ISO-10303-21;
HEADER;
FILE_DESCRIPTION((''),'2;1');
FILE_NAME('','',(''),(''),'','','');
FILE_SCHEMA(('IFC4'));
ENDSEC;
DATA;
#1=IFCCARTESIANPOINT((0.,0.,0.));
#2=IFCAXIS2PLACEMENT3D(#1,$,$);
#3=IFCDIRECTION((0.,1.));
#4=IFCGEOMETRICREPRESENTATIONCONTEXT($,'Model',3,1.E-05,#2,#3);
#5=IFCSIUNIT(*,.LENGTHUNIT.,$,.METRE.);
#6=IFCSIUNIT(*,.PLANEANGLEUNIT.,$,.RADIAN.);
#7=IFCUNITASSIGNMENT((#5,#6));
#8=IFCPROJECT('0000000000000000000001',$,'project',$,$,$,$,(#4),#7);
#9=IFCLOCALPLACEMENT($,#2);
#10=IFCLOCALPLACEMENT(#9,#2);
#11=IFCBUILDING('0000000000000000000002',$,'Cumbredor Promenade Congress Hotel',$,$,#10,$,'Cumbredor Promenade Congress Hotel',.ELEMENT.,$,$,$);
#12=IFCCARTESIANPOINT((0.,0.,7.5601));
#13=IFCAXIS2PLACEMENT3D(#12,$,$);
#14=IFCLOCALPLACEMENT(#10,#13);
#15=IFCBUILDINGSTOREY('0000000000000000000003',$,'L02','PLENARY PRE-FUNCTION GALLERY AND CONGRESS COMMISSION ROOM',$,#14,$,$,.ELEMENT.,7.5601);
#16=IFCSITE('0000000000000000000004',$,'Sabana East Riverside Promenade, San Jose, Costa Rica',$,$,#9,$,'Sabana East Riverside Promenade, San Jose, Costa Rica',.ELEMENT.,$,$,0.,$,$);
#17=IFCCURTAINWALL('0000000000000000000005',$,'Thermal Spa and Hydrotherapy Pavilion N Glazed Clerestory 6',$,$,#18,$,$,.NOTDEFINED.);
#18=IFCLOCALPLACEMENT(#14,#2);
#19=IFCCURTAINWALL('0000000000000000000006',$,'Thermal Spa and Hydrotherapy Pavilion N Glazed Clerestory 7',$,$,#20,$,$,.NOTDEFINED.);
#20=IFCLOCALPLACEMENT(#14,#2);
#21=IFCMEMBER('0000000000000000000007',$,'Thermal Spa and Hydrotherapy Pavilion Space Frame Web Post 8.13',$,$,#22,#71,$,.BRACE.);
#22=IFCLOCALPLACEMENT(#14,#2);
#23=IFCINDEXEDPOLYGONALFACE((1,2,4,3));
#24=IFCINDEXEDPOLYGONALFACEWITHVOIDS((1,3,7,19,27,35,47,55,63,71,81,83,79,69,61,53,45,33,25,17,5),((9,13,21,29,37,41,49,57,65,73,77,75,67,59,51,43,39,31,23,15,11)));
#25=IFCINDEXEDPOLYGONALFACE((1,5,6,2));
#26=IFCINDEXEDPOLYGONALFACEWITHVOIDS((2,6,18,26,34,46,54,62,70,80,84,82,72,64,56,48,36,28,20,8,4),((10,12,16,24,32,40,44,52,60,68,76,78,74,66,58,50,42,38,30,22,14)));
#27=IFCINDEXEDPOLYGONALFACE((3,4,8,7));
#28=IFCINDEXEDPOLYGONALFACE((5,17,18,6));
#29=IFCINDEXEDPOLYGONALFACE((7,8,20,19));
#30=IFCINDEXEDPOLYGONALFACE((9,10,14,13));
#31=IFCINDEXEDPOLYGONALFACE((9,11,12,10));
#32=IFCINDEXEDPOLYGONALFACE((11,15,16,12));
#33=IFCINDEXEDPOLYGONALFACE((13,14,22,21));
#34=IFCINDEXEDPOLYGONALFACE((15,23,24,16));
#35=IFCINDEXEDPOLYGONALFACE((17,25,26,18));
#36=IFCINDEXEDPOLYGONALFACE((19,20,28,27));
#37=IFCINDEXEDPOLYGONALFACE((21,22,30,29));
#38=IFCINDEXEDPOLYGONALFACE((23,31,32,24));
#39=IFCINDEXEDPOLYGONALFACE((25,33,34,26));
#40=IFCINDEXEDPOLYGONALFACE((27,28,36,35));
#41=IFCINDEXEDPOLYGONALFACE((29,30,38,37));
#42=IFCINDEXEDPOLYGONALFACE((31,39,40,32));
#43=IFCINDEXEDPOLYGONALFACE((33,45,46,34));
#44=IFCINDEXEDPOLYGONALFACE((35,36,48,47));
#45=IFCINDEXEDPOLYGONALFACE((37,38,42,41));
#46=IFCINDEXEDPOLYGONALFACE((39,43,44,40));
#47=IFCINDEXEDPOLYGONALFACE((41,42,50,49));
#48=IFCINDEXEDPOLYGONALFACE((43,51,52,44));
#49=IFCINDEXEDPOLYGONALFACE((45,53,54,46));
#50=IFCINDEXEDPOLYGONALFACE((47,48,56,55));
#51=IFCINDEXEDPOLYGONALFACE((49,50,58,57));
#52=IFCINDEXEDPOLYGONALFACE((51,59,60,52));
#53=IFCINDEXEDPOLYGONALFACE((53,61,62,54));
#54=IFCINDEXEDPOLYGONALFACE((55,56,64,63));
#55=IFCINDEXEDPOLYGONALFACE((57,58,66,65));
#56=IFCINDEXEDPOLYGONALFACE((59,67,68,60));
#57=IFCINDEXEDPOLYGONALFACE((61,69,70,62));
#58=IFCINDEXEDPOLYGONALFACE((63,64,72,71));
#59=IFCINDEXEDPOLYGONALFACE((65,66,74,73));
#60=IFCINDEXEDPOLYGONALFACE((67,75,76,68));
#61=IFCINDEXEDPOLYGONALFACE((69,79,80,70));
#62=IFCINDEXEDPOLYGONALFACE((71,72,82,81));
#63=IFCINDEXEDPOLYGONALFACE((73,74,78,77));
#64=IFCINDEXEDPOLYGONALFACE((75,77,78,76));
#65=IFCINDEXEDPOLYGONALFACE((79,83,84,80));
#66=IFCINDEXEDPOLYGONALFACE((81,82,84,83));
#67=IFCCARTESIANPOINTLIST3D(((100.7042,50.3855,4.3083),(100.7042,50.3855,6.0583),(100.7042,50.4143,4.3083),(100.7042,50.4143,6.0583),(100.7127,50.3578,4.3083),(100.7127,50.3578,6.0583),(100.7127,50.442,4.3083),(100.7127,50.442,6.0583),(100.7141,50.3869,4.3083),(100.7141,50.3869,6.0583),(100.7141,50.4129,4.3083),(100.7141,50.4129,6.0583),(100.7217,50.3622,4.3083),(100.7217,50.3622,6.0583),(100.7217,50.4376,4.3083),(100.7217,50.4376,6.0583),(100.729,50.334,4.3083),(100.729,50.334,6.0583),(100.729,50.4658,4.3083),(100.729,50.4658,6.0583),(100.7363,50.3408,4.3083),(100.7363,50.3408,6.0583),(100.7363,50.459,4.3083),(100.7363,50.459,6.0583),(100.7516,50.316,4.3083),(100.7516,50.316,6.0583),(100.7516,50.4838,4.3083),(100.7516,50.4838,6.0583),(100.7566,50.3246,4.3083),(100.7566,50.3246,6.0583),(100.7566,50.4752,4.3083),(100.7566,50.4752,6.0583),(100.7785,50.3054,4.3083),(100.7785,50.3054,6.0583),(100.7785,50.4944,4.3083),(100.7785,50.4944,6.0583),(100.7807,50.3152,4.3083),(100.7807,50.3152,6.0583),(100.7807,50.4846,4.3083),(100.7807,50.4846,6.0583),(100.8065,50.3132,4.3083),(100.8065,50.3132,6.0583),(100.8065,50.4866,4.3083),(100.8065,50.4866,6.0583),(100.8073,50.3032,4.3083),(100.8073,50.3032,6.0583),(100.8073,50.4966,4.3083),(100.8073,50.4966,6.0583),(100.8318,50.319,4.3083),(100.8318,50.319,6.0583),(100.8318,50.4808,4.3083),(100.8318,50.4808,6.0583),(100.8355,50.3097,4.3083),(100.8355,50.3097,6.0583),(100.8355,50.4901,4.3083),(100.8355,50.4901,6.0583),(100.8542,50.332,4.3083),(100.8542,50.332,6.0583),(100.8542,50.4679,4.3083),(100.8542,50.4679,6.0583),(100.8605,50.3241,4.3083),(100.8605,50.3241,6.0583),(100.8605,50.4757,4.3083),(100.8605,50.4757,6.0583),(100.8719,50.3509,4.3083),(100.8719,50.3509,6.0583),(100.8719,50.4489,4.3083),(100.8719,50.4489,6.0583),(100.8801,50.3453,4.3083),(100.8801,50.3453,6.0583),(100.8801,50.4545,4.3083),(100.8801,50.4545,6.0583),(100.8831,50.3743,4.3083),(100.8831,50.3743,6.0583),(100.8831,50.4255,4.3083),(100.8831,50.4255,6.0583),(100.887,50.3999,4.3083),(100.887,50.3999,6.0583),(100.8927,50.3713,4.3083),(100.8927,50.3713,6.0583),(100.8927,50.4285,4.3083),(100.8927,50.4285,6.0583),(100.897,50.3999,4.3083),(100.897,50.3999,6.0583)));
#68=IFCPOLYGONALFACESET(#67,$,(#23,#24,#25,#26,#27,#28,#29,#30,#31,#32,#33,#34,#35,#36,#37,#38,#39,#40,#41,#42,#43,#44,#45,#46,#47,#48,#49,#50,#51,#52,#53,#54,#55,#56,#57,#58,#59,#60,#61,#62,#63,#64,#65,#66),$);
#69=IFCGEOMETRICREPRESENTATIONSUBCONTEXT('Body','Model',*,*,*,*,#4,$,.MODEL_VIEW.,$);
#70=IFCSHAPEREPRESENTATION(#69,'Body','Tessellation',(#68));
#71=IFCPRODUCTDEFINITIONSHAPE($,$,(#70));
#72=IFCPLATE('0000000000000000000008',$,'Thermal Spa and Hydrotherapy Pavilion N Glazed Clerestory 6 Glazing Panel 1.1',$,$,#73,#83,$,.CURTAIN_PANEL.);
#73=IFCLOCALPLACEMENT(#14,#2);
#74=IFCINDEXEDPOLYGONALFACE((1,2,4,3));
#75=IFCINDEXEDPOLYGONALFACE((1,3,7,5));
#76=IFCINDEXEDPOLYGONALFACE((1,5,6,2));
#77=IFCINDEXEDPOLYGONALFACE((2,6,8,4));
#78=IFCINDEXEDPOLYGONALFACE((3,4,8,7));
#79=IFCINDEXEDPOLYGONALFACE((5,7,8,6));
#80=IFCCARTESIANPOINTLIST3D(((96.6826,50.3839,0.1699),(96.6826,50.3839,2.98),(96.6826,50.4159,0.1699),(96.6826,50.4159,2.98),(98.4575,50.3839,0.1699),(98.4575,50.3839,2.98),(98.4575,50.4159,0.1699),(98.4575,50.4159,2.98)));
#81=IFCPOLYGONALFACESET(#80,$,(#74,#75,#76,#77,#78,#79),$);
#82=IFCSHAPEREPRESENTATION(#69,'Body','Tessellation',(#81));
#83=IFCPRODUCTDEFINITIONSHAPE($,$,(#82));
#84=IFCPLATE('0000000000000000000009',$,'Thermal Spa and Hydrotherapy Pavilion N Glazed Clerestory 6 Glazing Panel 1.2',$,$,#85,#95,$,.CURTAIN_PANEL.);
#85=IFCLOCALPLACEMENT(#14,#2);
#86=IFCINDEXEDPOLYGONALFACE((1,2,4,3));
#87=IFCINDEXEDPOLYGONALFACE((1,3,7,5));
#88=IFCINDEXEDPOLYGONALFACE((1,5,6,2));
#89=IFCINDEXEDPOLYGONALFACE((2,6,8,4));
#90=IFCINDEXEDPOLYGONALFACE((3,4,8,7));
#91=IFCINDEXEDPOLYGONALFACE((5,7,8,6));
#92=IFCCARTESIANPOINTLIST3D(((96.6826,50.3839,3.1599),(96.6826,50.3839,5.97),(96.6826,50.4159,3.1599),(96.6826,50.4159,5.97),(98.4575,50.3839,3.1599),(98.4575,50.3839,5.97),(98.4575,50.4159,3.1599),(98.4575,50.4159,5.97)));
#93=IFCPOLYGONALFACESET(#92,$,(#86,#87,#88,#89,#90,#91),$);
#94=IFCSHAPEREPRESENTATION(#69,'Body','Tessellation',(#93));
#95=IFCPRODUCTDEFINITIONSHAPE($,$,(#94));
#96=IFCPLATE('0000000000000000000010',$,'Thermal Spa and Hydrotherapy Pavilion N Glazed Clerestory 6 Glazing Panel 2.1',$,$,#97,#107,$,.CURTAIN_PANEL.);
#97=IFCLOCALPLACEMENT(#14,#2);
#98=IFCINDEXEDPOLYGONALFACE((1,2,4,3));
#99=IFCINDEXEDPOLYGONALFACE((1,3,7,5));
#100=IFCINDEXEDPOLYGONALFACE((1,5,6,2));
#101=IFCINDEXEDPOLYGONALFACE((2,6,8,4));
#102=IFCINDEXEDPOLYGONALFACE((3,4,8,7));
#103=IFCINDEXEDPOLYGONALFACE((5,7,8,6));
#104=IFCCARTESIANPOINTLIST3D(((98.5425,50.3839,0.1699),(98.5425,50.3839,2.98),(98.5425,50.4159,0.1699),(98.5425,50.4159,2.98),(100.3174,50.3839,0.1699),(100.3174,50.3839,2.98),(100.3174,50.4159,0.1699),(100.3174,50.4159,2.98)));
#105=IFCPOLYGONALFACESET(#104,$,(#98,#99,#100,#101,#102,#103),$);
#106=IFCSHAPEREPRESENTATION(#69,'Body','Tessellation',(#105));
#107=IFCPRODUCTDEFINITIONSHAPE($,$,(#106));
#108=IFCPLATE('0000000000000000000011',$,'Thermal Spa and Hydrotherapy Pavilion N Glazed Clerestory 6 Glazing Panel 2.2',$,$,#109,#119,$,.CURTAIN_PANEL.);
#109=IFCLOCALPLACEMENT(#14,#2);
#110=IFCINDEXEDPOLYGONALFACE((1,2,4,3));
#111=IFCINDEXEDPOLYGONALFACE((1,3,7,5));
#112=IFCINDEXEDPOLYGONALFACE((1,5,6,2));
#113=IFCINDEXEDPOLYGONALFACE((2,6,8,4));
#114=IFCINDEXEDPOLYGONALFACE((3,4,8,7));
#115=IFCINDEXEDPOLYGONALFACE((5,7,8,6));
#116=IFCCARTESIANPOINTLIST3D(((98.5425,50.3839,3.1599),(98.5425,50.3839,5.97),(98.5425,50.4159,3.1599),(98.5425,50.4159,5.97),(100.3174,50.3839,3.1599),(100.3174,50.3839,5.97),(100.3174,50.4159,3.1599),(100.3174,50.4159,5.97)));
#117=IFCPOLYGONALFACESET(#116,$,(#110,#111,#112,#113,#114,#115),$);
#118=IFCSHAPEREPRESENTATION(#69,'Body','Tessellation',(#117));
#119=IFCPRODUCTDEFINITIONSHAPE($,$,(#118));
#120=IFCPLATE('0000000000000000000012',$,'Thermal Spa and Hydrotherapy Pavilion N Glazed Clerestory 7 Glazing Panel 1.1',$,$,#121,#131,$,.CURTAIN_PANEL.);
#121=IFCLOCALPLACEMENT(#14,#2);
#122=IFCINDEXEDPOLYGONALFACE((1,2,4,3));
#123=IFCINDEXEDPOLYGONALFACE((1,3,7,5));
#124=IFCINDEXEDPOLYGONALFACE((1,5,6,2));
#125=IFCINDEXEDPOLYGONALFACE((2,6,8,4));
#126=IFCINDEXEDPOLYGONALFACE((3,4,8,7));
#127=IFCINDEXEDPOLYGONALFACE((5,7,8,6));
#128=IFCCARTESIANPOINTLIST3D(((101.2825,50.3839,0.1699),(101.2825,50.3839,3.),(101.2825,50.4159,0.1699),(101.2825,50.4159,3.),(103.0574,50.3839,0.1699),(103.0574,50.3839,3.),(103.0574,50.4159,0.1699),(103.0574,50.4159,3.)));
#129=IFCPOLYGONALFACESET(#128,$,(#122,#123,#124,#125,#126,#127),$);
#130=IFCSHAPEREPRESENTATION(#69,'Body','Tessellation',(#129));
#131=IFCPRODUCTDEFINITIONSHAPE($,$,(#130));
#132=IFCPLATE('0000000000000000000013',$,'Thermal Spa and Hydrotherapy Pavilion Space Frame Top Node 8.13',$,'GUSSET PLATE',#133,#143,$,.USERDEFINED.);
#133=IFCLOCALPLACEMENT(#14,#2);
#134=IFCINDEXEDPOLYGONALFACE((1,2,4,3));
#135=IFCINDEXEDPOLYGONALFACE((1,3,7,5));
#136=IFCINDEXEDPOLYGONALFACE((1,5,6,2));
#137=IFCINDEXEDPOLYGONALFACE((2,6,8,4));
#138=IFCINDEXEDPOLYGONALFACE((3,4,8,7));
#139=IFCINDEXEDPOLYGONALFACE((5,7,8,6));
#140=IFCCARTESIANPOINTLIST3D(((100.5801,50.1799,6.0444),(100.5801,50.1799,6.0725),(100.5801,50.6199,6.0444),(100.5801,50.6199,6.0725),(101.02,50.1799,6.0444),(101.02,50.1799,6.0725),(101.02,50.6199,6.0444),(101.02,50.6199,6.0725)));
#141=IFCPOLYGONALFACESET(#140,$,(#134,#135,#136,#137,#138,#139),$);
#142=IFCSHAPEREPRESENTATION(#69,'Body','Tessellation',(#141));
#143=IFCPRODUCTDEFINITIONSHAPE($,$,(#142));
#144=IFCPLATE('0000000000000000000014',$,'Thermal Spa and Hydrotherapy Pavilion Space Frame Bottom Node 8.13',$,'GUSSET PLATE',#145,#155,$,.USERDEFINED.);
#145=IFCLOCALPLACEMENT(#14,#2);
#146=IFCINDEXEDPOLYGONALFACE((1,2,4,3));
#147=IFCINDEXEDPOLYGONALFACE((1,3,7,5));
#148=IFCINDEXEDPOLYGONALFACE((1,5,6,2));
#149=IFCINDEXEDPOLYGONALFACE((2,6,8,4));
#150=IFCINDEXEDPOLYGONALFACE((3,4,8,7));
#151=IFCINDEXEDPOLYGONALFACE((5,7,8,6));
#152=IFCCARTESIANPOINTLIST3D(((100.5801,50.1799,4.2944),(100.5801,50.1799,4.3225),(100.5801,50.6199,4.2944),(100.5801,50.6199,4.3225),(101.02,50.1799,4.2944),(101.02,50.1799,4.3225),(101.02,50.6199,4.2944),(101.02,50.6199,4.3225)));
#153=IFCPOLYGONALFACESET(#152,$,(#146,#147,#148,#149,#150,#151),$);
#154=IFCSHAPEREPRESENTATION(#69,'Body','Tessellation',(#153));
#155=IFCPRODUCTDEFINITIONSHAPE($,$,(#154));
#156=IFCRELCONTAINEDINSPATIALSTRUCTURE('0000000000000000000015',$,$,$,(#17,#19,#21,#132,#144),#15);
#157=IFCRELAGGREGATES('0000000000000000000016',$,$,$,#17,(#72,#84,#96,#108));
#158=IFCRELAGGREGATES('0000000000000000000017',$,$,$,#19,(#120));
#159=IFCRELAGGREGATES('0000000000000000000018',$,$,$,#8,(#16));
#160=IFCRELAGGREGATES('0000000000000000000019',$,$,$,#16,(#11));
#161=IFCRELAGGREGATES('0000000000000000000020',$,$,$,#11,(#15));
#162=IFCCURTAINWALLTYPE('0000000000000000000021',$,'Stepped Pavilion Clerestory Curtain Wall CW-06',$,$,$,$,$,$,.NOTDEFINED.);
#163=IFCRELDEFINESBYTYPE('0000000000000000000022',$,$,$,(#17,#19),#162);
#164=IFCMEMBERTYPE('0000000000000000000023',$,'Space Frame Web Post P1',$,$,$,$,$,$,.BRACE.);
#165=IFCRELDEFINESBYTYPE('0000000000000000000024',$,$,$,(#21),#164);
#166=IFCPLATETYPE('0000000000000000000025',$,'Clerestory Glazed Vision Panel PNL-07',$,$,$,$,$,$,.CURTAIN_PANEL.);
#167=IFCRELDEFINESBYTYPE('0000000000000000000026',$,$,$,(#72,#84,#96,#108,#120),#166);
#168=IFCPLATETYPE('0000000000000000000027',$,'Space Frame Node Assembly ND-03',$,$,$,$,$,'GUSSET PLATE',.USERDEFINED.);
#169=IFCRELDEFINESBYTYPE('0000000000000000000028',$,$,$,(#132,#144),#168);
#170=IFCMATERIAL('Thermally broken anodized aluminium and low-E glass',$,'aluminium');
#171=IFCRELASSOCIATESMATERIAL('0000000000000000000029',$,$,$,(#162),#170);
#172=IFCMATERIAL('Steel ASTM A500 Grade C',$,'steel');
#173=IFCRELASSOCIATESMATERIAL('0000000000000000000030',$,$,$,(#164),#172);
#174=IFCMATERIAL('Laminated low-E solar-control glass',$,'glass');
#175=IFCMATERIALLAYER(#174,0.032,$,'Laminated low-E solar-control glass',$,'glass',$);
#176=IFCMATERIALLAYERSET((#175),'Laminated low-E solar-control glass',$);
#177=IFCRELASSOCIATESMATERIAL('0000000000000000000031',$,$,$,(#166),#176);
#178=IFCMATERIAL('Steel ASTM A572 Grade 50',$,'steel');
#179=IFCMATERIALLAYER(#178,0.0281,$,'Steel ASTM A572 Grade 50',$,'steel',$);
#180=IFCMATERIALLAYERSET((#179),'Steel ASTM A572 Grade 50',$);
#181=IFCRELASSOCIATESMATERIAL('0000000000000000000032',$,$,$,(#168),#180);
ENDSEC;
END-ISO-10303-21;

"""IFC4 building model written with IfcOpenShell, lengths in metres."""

from ifc_helpers import new_model, si_unit, direction, frame, origin, origin_2d, place, context, subcontext, project, spatial, rectangle, hollow_circle, extrude, material, layer, layer_set, material_profile, profile_set, type_object, element, aggregate, save


model = new_model("IFC4")

# Units and contexts
model_context = context("Model", 3, precision=1e-05, world=origin(), true_north=direction((0.0, 1.0)))
body_context = subcontext(model_context, "Body", "Model", "MODEL_VIEW")
ifc_project = project(units=[si_unit("LENGTHUNIT", "METRE"), si_unit("PLANEANGLEUNIT", "RADIAN")], contexts=[model_context])

# Site, building, storey
site_placement = place(None, origin())
site = spatial("IfcSite", under=ifc_project, at=site_placement, Name="Sabana East Riverside Promenade, San Jose, Costa Rica", LongName="Sabana East Riverside Promenade, San Jose, Costa Rica", CompositionType="ELEMENT", RefElevation=0.0)
building_placement = place(site_placement, origin())
building = spatial("IfcBuilding", under=site, at=building_placement, Name="Cumbredor Promenade Congress Hotel", LongName="Cumbredor Promenade Congress Hotel", CompositionType="ELEMENT")
storey_placement = place(building_placement, frame((0.0, 0.0, 7.5601)))
storey = spatial("IfcBuildingStorey", under=building, at=storey_placement, Name="L02", Description="PLENARY PRE-FUNCTION GALLERY AND CONGRESS COMMISSION ROOM", CompositionType="ELEMENT", Elevation=7.5601)

# Curtain wall
ifc_material_1 = material(Name="Thermally broken anodized aluminium and low-E glass", Category="aluminium")
curtain_wall_type = type_object("IfcCurtainWallType", Name="Stepped Pavilion Clerestory Curtain Wall CW-06", PredefinedType="NOTDEFINED", material=ifc_material_1)
curtain_wall_1_placement = place(storey_placement, origin())
curtain_wall_1 = element("IfcCurtainWall", 1, at=curtain_wall_1_placement, inside=storey, type_object=curtain_wall_type, Name="Thermal Spa and Hydrotherapy Pavilion N Glazed Clerestory 6", PredefinedType="NOTDEFINED")

# Curtain wall
curtain_wall_2_placement = place(storey_placement, origin())
curtain_wall_2 = element("IfcCurtainWall", 2, at=curtain_wall_2_placement, inside=storey, type_object=curtain_wall_type, Name="Thermal Spa and Hydrotherapy Pavilion N Glazed Clerestory 7", PredefinedType="NOTDEFINED")

# Member
ifc_material_2 = material(Name="Steel ASTM A500 Grade C", Category="steel")
ifc_material_profile_1 = material_profile(ifc_material_2, hollow_circle(Radius=0.0969, WallThickness=0.01, at=origin_2d()), Name="CHS 193.7x10")
ifc_profile_set_1 = profile_set([ifc_material_profile_1], Name="Steel ASTM A500 Grade C")
member_type_1 = type_object("IfcMemberType", Name="Space Frame Web Post P1", PredefinedType="BRACE", material=ifc_profile_set_1)
member_1_placement = place(storey_placement, frame((100.8, 50.3999, 4.3083), z_axis=(0.0, 0.0, 1.0), x_axis=(1.0, 0.0, 0.0)))
element("IfcMember", 3, at=member_1_placement, inside=storey, type_object=member_type_1, Name="Thermal Spa and Hydrotherapy Pavilion Space Frame Web Post 8.13", PredefinedType="BRACE", context=body_context, shape_type="SweptSolid", body=[
    extrude(hollow_circle(Radius=0.0969, WallThickness=0.01, at=origin_2d()), origin(), (0.0, 0.0, 1.0), 1.75),
])

# Plates
ifc_material_3 = material(Name="Laminated low-E solar-control glass", Category="glass")
ifc_layer_1 = layer(ifc_material_3, 0.032, Name="Laminated low-E solar-control glass", Category="glass")
ifc_layer_set_1 = layer_set([ifc_layer_1], Name="Laminated low-E solar-control glass")
plate_type_1 = type_object("IfcPlateType", Name="Clerestory Glazed Vision Panel PNL-07", PredefinedType="CURTAIN_PANEL", material=ifc_layer_set_1)
plate_1_placement = place(storey_placement, frame((97.5701, 50.3999, 0.1699), z_axis=(0.0, 0.0, 1.0), x_axis=(1.0, 0.0, 0.0)))
plate_1 = element("IfcPlate", 4, at=plate_1_placement, type_object=plate_type_1, Name="Thermal Spa and Hydrotherapy Pavilion N Glazed Clerestory 6 Glazing Panel 1.1", PredefinedType="CURTAIN_PANEL", context=body_context, shape_type="SweptSolid", body=[
    extrude(rectangle(XDim=1.7749, YDim=0.032, at=origin_2d()), origin(), (0.0, 0.0, 1.0), 2.8101),
])
plate_2_placement = place(storey_placement, frame((97.5701, 50.3999, 3.1599), z_axis=(0.0, 0.0, 1.0), x_axis=(1.0, 0.0, 0.0)))
plate_2 = element("IfcPlate", 5, at=plate_2_placement, type_object=plate_type_1, Name="Thermal Spa and Hydrotherapy Pavilion N Glazed Clerestory 6 Glazing Panel 1.2", PredefinedType="CURTAIN_PANEL", context=body_context, shape_type="SweptSolid", body=[
    extrude(rectangle(XDim=1.7749, YDim=0.032, at=origin_2d()), origin(), (0.0, 0.0, 1.0), 2.8101),
])
plate_3_placement = place(storey_placement, frame((99.4299, 50.3999, 0.1699), z_axis=(0.0, 0.0, 1.0), x_axis=(1.0, 0.0, 0.0)))
plate_3 = element("IfcPlate", 6, at=plate_3_placement, type_object=plate_type_1, Name="Thermal Spa and Hydrotherapy Pavilion N Glazed Clerestory 6 Glazing Panel 2.1", PredefinedType="CURTAIN_PANEL", context=body_context, shape_type="SweptSolid", body=[
    extrude(rectangle(XDim=1.7749, YDim=0.032, at=origin_2d()), origin(), (0.0, 0.0, 1.0), 2.8101),
])
plate_4_placement = place(storey_placement, frame((99.4299, 50.3999, 3.1599), z_axis=(0.0, 0.0, 1.0), x_axis=(1.0, 0.0, 0.0)))
plate_4 = element("IfcPlate", 7, at=plate_4_placement, type_object=plate_type_1, Name="Thermal Spa and Hydrotherapy Pavilion N Glazed Clerestory 6 Glazing Panel 2.2", PredefinedType="CURTAIN_PANEL", context=body_context, shape_type="SweptSolid", body=[
    extrude(rectangle(XDim=1.7749, YDim=0.032, at=origin_2d()), origin(), (0.0, 0.0, 1.0), 2.8101),
])
aggregate(curtain_wall_1, [plate_1, plate_2, plate_3, plate_4])
plate_5_placement = place(storey_placement, frame((102.1699, 50.3999, 0.1699), z_axis=(0.0, 0.0, 1.0), x_axis=(1.0, 0.0, 0.0)))
plate_5 = element("IfcPlate", 8, at=plate_5_placement, type_object=plate_type_1, Name="Thermal Spa and Hydrotherapy Pavilion N Glazed Clerestory 7 Glazing Panel 1.1", PredefinedType="CURTAIN_PANEL", context=body_context, shape_type="SweptSolid", body=[
    extrude(rectangle(XDim=1.7749, YDim=0.032, at=origin_2d()), origin(), (0.0, 0.0, 1.0), 2.8301),
])
aggregate(curtain_wall_2, [plate_5])

# Plates
ifc_material_4 = material(Name="Steel ASTM A572 Grade 50", Category="steel")
ifc_layer_2 = layer(ifc_material_4, 0.0281, Name="Steel ASTM A572 Grade 50", Category="steel")
ifc_layer_set_2 = layer_set([ifc_layer_2], Name="Steel ASTM A572 Grade 50")
plate_type_2 = type_object("IfcPlateType", Name="Space Frame Node Assembly ND-03", ElementType="GUSSET PLATE", PredefinedType="USERDEFINED", material=ifc_layer_set_2)
for number, where, z_axis, x_axis, name in (
    (9, (100.8, 50.3999, 6.0444), (0.0, 0.0, 1.0), (1.0, 0.0, 0.0), "Thermal Spa and Hydrotherapy Pavilion Space Frame Top Node 8.13"),
    (10, (100.8, 50.3999, 4.2944), (0.0, 0.0, 1.0), (1.0, 0.0, 0.0), "Thermal Spa and Hydrotherapy Pavilion Space Frame Bottom Node 8.13"),
):
    element("IfcPlate", number, at=place(storey_placement, frame(where, z_axis=z_axis, x_axis=x_axis)), inside=storey, type_object=plate_type_2, Name=name, ObjectType="GUSSET PLATE", PredefinedType="USERDEFINED", context=body_context, shape_type="SweptSolid", body=[
        extrude(rectangle(XDim=0.4399, YDim=0.4399, at=origin_2d()), origin(), (0.0, 0.0, 1.0), 0.0281),
    ])

save(model, "model.ifc")
